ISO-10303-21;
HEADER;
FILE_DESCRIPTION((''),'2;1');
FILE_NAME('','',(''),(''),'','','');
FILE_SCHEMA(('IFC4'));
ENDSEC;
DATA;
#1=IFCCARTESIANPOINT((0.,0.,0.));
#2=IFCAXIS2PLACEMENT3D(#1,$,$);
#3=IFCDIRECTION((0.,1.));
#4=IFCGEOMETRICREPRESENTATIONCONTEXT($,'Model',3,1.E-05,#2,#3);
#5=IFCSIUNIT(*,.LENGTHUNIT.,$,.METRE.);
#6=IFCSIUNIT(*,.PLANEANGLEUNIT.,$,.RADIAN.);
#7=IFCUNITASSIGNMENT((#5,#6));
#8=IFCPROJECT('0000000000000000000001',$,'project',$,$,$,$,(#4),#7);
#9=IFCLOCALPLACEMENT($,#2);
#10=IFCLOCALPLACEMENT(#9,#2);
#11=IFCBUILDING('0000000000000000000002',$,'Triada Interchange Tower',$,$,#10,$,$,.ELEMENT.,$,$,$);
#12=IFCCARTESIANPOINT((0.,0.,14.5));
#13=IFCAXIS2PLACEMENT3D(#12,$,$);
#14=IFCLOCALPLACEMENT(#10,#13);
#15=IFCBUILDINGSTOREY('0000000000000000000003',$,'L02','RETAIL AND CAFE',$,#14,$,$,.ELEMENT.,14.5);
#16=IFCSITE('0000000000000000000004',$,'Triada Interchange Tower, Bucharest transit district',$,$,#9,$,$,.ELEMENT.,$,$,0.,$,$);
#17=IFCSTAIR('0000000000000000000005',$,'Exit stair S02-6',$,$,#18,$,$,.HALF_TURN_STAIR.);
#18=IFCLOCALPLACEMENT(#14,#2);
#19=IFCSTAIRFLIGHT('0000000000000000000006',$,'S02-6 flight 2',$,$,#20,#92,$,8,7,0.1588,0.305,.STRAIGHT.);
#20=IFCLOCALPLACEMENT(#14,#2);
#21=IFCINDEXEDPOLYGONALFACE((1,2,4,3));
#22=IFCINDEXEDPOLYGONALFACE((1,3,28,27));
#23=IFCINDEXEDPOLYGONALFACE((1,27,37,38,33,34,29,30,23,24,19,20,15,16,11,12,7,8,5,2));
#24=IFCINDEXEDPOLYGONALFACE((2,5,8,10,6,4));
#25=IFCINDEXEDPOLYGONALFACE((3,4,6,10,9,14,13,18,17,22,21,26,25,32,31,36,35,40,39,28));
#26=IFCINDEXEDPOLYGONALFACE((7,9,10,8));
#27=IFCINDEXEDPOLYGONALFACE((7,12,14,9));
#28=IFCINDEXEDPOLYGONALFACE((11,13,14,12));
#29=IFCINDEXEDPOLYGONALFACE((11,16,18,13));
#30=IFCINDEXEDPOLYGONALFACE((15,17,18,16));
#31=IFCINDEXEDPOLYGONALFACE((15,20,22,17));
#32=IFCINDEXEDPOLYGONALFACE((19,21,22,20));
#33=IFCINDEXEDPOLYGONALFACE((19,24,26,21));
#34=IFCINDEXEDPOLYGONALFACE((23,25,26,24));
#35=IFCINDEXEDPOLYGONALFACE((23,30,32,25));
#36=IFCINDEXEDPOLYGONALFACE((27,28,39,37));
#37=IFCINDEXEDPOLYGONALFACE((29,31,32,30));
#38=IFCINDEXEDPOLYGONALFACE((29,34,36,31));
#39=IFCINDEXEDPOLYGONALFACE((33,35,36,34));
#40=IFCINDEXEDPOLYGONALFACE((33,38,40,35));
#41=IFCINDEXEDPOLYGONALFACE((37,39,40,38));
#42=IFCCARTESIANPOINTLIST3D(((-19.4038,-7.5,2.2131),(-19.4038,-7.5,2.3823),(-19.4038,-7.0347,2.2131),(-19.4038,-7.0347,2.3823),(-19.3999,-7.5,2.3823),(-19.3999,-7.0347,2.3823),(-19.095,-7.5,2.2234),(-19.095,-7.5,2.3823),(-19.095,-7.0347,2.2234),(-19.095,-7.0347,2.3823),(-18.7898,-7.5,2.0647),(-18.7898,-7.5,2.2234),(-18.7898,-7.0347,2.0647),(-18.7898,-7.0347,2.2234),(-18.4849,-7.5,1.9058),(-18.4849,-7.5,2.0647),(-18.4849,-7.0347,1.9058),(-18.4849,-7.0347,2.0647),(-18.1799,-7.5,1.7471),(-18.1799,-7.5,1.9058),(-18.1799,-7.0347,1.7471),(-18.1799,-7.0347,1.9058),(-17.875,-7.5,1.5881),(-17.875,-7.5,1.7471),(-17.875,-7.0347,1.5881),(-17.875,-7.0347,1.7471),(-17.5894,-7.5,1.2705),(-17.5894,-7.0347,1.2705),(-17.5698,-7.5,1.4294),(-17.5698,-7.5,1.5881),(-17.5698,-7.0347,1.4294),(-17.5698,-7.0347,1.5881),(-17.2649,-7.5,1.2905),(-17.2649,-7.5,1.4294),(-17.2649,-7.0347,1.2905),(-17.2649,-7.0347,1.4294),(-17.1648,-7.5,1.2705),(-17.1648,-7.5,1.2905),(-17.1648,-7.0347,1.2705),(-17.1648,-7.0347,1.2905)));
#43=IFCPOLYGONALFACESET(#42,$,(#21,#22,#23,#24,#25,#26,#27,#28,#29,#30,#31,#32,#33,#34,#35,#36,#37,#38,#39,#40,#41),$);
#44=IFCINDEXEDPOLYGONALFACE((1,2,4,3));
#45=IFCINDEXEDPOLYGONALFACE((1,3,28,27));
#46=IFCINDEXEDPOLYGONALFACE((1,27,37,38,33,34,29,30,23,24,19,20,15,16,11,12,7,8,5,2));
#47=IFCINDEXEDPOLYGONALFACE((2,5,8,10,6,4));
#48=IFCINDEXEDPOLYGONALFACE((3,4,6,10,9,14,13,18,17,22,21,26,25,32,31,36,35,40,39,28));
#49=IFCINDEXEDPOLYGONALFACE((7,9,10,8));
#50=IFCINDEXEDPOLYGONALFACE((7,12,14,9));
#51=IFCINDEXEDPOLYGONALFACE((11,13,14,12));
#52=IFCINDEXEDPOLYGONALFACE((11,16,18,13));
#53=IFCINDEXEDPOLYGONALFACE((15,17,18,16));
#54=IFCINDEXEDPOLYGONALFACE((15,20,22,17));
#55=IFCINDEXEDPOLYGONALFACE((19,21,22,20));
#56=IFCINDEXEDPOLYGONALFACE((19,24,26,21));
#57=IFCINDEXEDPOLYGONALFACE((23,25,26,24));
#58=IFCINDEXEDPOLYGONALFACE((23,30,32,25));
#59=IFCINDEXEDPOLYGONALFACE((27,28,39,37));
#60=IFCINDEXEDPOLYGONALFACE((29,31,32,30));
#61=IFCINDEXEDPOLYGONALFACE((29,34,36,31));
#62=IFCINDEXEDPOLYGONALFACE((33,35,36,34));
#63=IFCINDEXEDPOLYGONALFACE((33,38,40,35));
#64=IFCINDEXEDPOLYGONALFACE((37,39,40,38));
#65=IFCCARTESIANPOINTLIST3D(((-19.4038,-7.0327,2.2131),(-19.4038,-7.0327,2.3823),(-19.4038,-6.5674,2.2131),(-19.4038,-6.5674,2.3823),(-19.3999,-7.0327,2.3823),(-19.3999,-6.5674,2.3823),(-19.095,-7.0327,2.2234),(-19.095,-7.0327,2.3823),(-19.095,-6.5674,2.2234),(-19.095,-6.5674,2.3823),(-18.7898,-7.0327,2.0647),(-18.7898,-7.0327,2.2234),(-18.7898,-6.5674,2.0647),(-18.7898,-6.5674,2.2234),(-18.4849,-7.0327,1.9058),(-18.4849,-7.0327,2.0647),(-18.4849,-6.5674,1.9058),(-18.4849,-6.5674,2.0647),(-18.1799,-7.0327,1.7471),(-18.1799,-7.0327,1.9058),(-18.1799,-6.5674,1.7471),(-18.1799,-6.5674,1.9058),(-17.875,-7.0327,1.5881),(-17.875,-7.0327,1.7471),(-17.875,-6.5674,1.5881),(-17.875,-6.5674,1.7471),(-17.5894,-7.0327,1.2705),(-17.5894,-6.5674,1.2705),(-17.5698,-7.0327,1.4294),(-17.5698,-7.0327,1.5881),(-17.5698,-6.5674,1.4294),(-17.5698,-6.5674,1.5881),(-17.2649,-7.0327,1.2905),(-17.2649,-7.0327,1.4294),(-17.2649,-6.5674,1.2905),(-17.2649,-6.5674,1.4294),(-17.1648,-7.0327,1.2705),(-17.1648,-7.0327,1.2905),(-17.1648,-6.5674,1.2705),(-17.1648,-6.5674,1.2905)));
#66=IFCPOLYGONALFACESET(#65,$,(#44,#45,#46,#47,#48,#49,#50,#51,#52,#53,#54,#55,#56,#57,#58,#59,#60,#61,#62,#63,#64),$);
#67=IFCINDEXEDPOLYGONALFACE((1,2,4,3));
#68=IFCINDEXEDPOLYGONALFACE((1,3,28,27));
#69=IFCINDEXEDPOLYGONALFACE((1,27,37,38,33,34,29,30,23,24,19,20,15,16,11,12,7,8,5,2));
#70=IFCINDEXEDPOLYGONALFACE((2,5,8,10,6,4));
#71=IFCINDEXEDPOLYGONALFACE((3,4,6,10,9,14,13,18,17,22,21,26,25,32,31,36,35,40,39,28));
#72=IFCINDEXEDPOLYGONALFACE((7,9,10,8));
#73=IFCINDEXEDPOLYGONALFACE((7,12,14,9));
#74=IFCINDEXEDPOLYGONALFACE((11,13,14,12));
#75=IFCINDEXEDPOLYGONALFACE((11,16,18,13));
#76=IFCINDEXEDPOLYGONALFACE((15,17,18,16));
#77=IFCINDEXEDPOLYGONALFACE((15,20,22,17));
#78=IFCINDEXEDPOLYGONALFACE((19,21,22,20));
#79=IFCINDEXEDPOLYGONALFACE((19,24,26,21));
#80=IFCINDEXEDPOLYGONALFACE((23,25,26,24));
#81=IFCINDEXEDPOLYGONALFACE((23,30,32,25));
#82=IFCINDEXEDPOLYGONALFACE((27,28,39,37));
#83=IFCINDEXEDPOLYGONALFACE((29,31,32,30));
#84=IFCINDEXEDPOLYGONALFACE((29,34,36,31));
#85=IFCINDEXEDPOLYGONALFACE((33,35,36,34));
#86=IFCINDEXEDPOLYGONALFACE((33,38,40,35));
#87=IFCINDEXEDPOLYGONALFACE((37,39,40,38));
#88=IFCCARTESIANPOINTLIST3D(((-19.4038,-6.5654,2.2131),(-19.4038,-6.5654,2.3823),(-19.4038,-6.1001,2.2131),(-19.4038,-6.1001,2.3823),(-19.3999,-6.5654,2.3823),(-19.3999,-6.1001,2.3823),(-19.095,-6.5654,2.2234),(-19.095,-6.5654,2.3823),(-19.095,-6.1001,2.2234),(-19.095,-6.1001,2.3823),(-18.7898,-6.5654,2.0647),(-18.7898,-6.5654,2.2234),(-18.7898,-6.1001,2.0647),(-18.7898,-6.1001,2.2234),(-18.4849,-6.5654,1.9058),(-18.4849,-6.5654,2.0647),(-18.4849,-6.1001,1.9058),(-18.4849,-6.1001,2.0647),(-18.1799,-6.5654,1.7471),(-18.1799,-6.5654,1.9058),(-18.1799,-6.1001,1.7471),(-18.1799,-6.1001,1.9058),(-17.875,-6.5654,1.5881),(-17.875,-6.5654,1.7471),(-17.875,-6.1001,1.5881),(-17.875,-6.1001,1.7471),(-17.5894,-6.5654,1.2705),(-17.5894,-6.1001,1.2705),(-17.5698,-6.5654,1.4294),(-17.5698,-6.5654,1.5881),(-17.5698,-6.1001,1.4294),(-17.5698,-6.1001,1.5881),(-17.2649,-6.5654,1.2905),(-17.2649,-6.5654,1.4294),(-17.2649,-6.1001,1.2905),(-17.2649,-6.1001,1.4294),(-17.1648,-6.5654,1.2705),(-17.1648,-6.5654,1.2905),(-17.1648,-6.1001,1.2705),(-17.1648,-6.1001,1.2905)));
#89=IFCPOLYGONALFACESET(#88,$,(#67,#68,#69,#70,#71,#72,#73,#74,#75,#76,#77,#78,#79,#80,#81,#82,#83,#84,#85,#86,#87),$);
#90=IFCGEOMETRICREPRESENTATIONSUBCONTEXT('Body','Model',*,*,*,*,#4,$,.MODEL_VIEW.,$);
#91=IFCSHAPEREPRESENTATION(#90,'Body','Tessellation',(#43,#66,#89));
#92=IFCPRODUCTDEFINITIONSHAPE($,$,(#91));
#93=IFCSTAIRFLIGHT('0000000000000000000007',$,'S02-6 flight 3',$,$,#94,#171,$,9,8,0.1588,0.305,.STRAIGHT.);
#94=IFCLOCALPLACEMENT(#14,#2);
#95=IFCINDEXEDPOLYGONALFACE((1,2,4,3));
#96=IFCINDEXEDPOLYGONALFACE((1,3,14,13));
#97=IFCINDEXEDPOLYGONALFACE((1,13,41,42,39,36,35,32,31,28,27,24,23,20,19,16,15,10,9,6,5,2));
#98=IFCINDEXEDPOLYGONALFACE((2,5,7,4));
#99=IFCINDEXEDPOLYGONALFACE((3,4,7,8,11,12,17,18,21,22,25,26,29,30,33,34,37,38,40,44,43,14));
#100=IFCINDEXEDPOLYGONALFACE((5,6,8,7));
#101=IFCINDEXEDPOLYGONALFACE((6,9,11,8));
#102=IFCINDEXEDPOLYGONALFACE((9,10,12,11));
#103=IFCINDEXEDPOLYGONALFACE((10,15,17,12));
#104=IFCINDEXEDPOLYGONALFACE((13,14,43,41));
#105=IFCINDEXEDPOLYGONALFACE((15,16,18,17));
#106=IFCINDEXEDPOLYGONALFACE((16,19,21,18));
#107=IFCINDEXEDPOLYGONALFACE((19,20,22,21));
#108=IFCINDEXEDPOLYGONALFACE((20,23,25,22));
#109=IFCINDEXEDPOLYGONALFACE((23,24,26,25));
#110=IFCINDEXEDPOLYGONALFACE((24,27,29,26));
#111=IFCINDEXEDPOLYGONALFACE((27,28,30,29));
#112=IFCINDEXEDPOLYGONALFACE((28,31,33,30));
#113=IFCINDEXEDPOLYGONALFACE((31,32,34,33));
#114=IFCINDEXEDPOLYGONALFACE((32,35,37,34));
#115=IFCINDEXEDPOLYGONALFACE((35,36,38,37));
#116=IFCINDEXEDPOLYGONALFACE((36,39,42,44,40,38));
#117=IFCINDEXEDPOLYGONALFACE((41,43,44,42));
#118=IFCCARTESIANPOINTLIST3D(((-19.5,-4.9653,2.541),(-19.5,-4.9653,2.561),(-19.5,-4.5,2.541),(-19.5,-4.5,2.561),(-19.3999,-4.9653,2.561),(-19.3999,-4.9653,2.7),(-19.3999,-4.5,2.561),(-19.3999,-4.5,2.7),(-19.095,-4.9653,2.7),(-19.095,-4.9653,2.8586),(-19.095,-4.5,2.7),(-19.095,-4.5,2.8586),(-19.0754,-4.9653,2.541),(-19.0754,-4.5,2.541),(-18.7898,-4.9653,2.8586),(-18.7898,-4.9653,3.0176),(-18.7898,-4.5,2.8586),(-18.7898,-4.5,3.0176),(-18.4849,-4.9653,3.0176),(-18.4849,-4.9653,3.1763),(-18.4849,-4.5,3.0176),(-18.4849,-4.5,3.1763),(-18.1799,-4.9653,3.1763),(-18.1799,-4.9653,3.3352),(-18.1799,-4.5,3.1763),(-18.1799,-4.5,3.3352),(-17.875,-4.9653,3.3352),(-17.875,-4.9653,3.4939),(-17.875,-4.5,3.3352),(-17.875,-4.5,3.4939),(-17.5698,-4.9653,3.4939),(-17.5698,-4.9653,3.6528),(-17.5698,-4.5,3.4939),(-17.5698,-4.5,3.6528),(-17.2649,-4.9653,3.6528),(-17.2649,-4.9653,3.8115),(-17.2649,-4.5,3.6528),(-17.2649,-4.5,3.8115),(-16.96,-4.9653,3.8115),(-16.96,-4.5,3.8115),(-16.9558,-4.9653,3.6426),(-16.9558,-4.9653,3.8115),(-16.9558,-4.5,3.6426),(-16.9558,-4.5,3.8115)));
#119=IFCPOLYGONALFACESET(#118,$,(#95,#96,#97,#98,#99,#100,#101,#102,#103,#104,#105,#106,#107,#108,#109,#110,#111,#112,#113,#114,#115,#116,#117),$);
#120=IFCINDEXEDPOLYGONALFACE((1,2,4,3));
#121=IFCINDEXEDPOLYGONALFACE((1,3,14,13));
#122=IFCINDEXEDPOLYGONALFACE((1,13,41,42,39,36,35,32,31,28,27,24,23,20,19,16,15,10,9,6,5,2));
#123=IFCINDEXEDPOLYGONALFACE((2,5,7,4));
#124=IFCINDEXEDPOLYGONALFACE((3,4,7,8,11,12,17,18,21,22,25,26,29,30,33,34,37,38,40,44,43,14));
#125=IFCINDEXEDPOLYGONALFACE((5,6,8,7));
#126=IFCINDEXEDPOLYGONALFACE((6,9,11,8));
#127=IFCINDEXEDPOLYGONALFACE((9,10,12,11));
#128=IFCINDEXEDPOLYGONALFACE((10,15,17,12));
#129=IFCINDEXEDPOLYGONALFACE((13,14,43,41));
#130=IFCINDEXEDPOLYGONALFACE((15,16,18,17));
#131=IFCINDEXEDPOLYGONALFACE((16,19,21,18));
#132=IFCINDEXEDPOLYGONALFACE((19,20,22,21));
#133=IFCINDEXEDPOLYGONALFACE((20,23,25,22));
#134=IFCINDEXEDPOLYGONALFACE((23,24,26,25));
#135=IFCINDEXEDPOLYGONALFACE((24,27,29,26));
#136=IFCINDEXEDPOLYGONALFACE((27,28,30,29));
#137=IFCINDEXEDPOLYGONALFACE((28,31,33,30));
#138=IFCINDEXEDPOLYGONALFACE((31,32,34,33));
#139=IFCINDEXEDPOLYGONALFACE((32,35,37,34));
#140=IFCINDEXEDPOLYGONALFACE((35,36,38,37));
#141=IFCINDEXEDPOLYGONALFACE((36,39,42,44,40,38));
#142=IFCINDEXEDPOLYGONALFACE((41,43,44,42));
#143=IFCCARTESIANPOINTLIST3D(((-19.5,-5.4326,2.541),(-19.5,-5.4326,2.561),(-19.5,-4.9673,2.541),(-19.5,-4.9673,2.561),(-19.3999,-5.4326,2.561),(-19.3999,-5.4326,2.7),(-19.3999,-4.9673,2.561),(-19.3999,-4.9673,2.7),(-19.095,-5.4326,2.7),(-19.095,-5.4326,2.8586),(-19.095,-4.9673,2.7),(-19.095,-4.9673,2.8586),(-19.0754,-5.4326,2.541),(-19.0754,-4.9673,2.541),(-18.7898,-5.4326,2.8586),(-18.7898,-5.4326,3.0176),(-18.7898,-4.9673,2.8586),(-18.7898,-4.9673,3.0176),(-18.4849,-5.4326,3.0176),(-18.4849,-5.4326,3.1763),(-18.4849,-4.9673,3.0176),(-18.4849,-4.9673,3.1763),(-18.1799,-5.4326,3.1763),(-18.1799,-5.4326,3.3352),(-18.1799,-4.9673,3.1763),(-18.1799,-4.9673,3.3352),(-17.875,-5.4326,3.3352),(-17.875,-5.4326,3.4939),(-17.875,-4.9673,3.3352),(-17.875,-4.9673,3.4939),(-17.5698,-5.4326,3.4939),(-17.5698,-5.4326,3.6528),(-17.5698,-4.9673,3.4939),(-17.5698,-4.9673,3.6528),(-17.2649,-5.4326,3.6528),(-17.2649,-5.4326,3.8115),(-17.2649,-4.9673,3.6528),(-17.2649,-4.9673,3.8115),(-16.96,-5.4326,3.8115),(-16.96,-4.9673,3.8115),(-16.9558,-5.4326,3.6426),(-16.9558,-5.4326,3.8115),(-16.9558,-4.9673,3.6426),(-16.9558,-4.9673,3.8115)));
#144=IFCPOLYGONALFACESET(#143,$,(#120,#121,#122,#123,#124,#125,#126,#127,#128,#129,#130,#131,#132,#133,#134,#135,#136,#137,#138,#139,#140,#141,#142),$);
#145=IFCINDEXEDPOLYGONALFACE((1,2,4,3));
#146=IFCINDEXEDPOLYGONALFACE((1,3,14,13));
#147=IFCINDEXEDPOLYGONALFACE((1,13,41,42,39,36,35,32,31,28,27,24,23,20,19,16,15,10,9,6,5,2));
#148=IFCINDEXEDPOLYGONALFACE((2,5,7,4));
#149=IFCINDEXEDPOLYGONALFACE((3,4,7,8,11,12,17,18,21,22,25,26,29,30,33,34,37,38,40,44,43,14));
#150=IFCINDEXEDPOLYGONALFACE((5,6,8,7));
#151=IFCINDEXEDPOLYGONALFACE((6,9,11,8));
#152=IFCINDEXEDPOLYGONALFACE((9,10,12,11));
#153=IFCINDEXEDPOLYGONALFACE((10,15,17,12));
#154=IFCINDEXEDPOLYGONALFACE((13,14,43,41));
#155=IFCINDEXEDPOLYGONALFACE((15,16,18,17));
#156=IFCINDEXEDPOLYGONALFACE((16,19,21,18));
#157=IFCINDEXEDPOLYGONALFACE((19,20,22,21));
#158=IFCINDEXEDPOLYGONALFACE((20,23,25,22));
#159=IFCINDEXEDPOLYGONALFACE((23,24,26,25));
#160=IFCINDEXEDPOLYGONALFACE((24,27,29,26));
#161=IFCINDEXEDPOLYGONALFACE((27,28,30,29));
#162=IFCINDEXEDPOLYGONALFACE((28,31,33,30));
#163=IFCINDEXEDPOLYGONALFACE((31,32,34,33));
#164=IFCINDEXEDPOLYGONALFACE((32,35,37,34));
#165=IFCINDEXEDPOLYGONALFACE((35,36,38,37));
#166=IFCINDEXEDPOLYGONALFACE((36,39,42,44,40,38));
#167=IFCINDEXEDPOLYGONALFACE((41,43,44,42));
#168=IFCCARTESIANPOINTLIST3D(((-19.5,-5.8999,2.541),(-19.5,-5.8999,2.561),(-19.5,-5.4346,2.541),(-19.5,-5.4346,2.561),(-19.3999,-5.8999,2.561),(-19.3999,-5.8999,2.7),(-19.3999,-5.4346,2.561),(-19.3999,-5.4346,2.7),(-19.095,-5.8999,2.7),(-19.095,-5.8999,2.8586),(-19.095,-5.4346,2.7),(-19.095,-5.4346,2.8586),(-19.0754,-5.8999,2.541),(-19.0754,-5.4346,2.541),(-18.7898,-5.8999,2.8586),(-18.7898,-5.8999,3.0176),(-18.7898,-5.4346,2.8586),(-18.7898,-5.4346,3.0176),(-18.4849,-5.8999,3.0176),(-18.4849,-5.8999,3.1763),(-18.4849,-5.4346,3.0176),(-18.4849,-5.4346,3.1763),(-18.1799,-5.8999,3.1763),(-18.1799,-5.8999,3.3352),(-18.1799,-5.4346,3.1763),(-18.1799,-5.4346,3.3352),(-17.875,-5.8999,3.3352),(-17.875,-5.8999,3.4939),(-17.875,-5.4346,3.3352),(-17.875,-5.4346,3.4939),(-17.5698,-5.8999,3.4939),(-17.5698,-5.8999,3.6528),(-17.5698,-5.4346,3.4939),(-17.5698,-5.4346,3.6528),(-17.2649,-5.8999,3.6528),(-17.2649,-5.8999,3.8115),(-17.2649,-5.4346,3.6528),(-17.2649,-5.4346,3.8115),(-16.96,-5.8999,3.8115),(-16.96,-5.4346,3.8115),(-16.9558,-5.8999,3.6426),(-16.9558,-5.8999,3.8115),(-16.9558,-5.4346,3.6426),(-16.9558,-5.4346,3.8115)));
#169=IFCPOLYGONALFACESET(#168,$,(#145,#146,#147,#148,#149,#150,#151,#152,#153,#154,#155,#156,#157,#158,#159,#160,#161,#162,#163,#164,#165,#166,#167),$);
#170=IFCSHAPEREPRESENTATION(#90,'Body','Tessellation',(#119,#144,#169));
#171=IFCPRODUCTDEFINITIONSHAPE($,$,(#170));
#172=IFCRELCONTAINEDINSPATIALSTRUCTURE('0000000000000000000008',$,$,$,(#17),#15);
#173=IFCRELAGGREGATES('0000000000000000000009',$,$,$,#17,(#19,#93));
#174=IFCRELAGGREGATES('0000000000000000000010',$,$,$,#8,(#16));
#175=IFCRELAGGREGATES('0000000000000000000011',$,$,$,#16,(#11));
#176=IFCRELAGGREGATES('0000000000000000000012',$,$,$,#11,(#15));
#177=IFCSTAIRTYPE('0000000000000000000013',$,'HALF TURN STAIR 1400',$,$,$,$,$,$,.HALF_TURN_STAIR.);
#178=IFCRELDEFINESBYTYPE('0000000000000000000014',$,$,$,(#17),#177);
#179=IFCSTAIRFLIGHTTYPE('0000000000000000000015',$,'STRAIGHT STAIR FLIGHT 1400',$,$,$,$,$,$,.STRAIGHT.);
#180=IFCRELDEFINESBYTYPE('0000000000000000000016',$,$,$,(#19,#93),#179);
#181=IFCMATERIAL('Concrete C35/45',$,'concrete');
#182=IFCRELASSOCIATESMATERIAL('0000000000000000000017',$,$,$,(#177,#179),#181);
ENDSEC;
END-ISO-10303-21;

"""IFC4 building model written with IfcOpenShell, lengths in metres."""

from ifc_helpers import new_model, si_unit, direction, frame, origin, place, context, subcontext, project, spatial, polyline, outline, extrude, material, type_object, element, aggregate, save


model = new_model("IFC4")

# Units and contexts
model_context = context("Model", 3, precision=1e-05, world=origin(), true_north=direction((0.0, 1.0)))
body_context = subcontext(model_context, "Body", "Model", "MODEL_VIEW")
ifc_project = project(units=[si_unit("LENGTHUNIT", "METRE"), si_unit("PLANEANGLEUNIT", "RADIAN")], contexts=[model_context])

# Site, building, storey
site_placement = place(None, origin())
site = spatial("IfcSite", under=ifc_project, at=site_placement, Name="Triada Interchange Tower, Bucharest transit district", CompositionType="ELEMENT", RefElevation=0.0)
building_placement = place(site_placement, origin())
building = spatial("IfcBuilding", under=site, at=building_placement, Name="Triada Interchange Tower", CompositionType="ELEMENT")
storey_placement = place(building_placement, frame((0.0, 0.0, 14.5)))
storey = spatial("IfcBuildingStorey", under=building, at=storey_placement, Name="L02", Description="RETAIL AND CAFE", CompositionType="ELEMENT", Elevation=14.5)

# Shared definitions
ifc_material_1 = material(Name="Concrete C35/45", Category="concrete")

# Stair, stair flights
stair_type = type_object("IfcStairType", Name="HALF TURN STAIR 1400", PredefinedType="HALF_TURN_STAIR", material=ifc_material_1)
stair_placement = place(storey_placement, origin())
stair = element("IfcStair", 1, at=stair_placement, inside=storey, type_object=stair_type, Name="Exit stair S02-6", PredefinedType="HALF_TURN_STAIR")
stair_flight_type = type_object("IfcStairFlightType", Name="STRAIGHT STAIR FLIGHT 1400", PredefinedType="STRAIGHT", material=ifc_material_1)
stair_flight_1_placement = place(storey_placement, frame((-17.2649, -6.8, 1.2705), z_axis=(0.0, 0.0, 1.0), x_axis=(-1.0, 0.0, 0.0)))
stair_flight_1 = element("IfcStairFlight", 2, at=stair_flight_1_placement, type_object=stair_flight_type, Name="S02-6 flight 2", NumberOfRisers=8, NumberOfTreads=7, PredefinedType="STRAIGHT", RiserHeight=0.1588, TreadLength=0.305, context=body_context, shape_type="SweptSolid", body=[
    extrude(outline(polyline([(-0.1001, 0.0), (-0.1001, 0.02), (0.0, 0.02), (0.0, 0.1589), (0.3049, 0.1589), (0.3049, 0.3176), (0.6101, 0.3176), (0.6101, 0.4766), (0.915, 0.4766), (0.915, 0.6353), (1.22, 0.6353), (1.22, 0.7942), (1.5249, 0.7942), (1.5249, 0.9529), (1.8301, 0.9529), (1.8301, 1.1118), (2.135, 1.1118), (2.1389, 1.1118), (2.1389, 1.2705), (2.1389, 0.9426), (0.3245, 0.0), (-0.1001, 0.0)])), frame((0.0, 0.7, 0.0), z_axis=(0.0, -1.0, 0.0), x_axis=(1.0, 0.0, 0.0)), (0.0, 0.0, 1.0), 0.4653),
    extrude(outline(polyline([(-0.1001, 0.0), (-0.1001, 0.02), (0.0, 0.02), (0.0, 0.1589), (0.3049, 0.1589), (0.3049, 0.3176), (0.6101, 0.3176), (0.6101, 0.4766), (0.915, 0.4766), (0.915, 0.6353), (1.22, 0.6353), (1.22, 0.7942), (1.5249, 0.7942), (1.5249, 0.9529), (1.8301, 0.9529), (1.8301, 1.1118), (2.135, 1.1118), (2.1389, 1.1118), (2.1389, 1.2705), (2.1389, 0.9426), (0.3245, 0.0), (-0.1001, 0.0)])), frame((0.0, 0.2327, 0.0), z_axis=(0.0, -1.0, 0.0), x_axis=(1.0, 0.0, 0.0)), (0.0, 0.0, 1.0), 0.4653),
    extrude(outline(polyline([(-0.1001, 0.0), (-0.1001, 0.02), (0.0, 0.02), (0.0, 0.1589), (0.3049, 0.1589), (0.3049, 0.3176), (0.6101, 0.3176), (0.6101, 0.4766), (0.915, 0.4766), (0.915, 0.6353), (1.22, 0.6353), (1.22, 0.7942), (1.5249, 0.7942), (1.5249, 0.9529), (1.8301, 0.9529), (1.8301, 1.1118), (2.135, 1.1118), (2.1389, 1.1118), (2.1389, 1.2705), (2.1389, 0.9426), (0.3245, 0.0), (-0.1001, 0.0)])), frame((0.0, -0.2346, 0.0), z_axis=(0.0, -1.0, 0.0), x_axis=(1.0, 0.0, 0.0)), (0.0, 0.0, 1.0), 0.4653),
])
stair_flight_2_placement = place(storey_placement, frame((-19.3999, -5.2, 2.541), z_axis=(0.0, 0.0, 1.0), x_axis=(1.0, 0.0, 0.0)))
stair_flight_2 = element("IfcStairFlight", 3, at=stair_flight_2_placement, type_object=stair_flight_type, Name="S02-6 flight 3", NumberOfRisers=9, NumberOfTreads=8, PredefinedType="STRAIGHT", RiserHeight=0.1588, TreadLength=0.305, context=body_context, shape_type="SweptSolid", body=[
    extrude(outline(polyline([(-0.1001, 0.0), (-0.1001, 0.02), (0.0, 0.02), (0.0, 0.1589), (0.3049, 0.1589), (0.3049, 0.3176), (0.6101, 0.3176), (0.6101, 0.4766), (0.915, 0.4766), (0.915, 0.6353), (1.22, 0.6353), (1.22, 0.7942), (1.5249, 0.7942), (1.5249, 0.9529), (1.8301, 0.9529), (1.8301, 1.1118), (2.135, 1.1118), (2.135, 1.2705), (2.4399, 1.2705), (2.4441, 1.2705), (2.4441, 1.4294), (2.4441, 1.1016), (0.3245, 0.0), (-0.1001, 0.0)])), frame((0.0, 0.7, 0.0), z_axis=(0.0, -1.0, 0.0), x_axis=(1.0, 0.0, 0.0)), (0.0, 0.0, 1.0), 0.4653),
    extrude(outline(polyline([(-0.1001, 0.0), (-0.1001, 0.02), (0.0, 0.02), (0.0, 0.1589), (0.3049, 0.1589), (0.3049, 0.3176), (0.6101, 0.3176), (0.6101, 0.4766), (0.915, 0.4766), (0.915, 0.6353), (1.22, 0.6353), (1.22, 0.7942), (1.5249, 0.7942), (1.5249, 0.9529), (1.8301, 0.9529), (1.8301, 1.1118), (2.135, 1.1118), (2.135, 1.2705), (2.4399, 1.2705), (2.4441, 1.2705), (2.4441, 1.4294), (2.4441, 1.1016), (0.3245, 0.0), (-0.1001, 0.0)])), frame((0.0, 0.2327, 0.0), z_axis=(0.0, -1.0, 0.0), x_axis=(1.0, 0.0, 0.0)), (0.0, 0.0, 1.0), 0.4653),
    extrude(outline(polyline([(-0.1001, 0.0), (-0.1001, 0.02), (0.0, 0.02), (0.0, 0.1589), (0.3049, 0.1589), (0.3049, 0.3176), (0.6101, 0.3176), (0.6101, 0.4766), (0.915, 0.4766), (0.915, 0.6353), (1.22, 0.6353), (1.22, 0.7942), (1.5249, 0.7942), (1.5249, 0.9529), (1.8301, 0.9529), (1.8301, 1.1118), (2.135, 1.1118), (2.135, 1.2705), (2.4399, 1.2705), (2.4441, 1.2705), (2.4441, 1.4294), (2.4441, 1.1016), (0.3245, 0.0), (-0.1001, 0.0)])), frame((0.0, -0.2346, 0.0), z_axis=(0.0, -1.0, 0.0), x_axis=(1.0, 0.0, 0.0)), (0.0, 0.0, 1.0), 0.4653),
])
aggregate(stair, [stair_flight_1, stair_flight_2])

save(model, "model.ifc")
